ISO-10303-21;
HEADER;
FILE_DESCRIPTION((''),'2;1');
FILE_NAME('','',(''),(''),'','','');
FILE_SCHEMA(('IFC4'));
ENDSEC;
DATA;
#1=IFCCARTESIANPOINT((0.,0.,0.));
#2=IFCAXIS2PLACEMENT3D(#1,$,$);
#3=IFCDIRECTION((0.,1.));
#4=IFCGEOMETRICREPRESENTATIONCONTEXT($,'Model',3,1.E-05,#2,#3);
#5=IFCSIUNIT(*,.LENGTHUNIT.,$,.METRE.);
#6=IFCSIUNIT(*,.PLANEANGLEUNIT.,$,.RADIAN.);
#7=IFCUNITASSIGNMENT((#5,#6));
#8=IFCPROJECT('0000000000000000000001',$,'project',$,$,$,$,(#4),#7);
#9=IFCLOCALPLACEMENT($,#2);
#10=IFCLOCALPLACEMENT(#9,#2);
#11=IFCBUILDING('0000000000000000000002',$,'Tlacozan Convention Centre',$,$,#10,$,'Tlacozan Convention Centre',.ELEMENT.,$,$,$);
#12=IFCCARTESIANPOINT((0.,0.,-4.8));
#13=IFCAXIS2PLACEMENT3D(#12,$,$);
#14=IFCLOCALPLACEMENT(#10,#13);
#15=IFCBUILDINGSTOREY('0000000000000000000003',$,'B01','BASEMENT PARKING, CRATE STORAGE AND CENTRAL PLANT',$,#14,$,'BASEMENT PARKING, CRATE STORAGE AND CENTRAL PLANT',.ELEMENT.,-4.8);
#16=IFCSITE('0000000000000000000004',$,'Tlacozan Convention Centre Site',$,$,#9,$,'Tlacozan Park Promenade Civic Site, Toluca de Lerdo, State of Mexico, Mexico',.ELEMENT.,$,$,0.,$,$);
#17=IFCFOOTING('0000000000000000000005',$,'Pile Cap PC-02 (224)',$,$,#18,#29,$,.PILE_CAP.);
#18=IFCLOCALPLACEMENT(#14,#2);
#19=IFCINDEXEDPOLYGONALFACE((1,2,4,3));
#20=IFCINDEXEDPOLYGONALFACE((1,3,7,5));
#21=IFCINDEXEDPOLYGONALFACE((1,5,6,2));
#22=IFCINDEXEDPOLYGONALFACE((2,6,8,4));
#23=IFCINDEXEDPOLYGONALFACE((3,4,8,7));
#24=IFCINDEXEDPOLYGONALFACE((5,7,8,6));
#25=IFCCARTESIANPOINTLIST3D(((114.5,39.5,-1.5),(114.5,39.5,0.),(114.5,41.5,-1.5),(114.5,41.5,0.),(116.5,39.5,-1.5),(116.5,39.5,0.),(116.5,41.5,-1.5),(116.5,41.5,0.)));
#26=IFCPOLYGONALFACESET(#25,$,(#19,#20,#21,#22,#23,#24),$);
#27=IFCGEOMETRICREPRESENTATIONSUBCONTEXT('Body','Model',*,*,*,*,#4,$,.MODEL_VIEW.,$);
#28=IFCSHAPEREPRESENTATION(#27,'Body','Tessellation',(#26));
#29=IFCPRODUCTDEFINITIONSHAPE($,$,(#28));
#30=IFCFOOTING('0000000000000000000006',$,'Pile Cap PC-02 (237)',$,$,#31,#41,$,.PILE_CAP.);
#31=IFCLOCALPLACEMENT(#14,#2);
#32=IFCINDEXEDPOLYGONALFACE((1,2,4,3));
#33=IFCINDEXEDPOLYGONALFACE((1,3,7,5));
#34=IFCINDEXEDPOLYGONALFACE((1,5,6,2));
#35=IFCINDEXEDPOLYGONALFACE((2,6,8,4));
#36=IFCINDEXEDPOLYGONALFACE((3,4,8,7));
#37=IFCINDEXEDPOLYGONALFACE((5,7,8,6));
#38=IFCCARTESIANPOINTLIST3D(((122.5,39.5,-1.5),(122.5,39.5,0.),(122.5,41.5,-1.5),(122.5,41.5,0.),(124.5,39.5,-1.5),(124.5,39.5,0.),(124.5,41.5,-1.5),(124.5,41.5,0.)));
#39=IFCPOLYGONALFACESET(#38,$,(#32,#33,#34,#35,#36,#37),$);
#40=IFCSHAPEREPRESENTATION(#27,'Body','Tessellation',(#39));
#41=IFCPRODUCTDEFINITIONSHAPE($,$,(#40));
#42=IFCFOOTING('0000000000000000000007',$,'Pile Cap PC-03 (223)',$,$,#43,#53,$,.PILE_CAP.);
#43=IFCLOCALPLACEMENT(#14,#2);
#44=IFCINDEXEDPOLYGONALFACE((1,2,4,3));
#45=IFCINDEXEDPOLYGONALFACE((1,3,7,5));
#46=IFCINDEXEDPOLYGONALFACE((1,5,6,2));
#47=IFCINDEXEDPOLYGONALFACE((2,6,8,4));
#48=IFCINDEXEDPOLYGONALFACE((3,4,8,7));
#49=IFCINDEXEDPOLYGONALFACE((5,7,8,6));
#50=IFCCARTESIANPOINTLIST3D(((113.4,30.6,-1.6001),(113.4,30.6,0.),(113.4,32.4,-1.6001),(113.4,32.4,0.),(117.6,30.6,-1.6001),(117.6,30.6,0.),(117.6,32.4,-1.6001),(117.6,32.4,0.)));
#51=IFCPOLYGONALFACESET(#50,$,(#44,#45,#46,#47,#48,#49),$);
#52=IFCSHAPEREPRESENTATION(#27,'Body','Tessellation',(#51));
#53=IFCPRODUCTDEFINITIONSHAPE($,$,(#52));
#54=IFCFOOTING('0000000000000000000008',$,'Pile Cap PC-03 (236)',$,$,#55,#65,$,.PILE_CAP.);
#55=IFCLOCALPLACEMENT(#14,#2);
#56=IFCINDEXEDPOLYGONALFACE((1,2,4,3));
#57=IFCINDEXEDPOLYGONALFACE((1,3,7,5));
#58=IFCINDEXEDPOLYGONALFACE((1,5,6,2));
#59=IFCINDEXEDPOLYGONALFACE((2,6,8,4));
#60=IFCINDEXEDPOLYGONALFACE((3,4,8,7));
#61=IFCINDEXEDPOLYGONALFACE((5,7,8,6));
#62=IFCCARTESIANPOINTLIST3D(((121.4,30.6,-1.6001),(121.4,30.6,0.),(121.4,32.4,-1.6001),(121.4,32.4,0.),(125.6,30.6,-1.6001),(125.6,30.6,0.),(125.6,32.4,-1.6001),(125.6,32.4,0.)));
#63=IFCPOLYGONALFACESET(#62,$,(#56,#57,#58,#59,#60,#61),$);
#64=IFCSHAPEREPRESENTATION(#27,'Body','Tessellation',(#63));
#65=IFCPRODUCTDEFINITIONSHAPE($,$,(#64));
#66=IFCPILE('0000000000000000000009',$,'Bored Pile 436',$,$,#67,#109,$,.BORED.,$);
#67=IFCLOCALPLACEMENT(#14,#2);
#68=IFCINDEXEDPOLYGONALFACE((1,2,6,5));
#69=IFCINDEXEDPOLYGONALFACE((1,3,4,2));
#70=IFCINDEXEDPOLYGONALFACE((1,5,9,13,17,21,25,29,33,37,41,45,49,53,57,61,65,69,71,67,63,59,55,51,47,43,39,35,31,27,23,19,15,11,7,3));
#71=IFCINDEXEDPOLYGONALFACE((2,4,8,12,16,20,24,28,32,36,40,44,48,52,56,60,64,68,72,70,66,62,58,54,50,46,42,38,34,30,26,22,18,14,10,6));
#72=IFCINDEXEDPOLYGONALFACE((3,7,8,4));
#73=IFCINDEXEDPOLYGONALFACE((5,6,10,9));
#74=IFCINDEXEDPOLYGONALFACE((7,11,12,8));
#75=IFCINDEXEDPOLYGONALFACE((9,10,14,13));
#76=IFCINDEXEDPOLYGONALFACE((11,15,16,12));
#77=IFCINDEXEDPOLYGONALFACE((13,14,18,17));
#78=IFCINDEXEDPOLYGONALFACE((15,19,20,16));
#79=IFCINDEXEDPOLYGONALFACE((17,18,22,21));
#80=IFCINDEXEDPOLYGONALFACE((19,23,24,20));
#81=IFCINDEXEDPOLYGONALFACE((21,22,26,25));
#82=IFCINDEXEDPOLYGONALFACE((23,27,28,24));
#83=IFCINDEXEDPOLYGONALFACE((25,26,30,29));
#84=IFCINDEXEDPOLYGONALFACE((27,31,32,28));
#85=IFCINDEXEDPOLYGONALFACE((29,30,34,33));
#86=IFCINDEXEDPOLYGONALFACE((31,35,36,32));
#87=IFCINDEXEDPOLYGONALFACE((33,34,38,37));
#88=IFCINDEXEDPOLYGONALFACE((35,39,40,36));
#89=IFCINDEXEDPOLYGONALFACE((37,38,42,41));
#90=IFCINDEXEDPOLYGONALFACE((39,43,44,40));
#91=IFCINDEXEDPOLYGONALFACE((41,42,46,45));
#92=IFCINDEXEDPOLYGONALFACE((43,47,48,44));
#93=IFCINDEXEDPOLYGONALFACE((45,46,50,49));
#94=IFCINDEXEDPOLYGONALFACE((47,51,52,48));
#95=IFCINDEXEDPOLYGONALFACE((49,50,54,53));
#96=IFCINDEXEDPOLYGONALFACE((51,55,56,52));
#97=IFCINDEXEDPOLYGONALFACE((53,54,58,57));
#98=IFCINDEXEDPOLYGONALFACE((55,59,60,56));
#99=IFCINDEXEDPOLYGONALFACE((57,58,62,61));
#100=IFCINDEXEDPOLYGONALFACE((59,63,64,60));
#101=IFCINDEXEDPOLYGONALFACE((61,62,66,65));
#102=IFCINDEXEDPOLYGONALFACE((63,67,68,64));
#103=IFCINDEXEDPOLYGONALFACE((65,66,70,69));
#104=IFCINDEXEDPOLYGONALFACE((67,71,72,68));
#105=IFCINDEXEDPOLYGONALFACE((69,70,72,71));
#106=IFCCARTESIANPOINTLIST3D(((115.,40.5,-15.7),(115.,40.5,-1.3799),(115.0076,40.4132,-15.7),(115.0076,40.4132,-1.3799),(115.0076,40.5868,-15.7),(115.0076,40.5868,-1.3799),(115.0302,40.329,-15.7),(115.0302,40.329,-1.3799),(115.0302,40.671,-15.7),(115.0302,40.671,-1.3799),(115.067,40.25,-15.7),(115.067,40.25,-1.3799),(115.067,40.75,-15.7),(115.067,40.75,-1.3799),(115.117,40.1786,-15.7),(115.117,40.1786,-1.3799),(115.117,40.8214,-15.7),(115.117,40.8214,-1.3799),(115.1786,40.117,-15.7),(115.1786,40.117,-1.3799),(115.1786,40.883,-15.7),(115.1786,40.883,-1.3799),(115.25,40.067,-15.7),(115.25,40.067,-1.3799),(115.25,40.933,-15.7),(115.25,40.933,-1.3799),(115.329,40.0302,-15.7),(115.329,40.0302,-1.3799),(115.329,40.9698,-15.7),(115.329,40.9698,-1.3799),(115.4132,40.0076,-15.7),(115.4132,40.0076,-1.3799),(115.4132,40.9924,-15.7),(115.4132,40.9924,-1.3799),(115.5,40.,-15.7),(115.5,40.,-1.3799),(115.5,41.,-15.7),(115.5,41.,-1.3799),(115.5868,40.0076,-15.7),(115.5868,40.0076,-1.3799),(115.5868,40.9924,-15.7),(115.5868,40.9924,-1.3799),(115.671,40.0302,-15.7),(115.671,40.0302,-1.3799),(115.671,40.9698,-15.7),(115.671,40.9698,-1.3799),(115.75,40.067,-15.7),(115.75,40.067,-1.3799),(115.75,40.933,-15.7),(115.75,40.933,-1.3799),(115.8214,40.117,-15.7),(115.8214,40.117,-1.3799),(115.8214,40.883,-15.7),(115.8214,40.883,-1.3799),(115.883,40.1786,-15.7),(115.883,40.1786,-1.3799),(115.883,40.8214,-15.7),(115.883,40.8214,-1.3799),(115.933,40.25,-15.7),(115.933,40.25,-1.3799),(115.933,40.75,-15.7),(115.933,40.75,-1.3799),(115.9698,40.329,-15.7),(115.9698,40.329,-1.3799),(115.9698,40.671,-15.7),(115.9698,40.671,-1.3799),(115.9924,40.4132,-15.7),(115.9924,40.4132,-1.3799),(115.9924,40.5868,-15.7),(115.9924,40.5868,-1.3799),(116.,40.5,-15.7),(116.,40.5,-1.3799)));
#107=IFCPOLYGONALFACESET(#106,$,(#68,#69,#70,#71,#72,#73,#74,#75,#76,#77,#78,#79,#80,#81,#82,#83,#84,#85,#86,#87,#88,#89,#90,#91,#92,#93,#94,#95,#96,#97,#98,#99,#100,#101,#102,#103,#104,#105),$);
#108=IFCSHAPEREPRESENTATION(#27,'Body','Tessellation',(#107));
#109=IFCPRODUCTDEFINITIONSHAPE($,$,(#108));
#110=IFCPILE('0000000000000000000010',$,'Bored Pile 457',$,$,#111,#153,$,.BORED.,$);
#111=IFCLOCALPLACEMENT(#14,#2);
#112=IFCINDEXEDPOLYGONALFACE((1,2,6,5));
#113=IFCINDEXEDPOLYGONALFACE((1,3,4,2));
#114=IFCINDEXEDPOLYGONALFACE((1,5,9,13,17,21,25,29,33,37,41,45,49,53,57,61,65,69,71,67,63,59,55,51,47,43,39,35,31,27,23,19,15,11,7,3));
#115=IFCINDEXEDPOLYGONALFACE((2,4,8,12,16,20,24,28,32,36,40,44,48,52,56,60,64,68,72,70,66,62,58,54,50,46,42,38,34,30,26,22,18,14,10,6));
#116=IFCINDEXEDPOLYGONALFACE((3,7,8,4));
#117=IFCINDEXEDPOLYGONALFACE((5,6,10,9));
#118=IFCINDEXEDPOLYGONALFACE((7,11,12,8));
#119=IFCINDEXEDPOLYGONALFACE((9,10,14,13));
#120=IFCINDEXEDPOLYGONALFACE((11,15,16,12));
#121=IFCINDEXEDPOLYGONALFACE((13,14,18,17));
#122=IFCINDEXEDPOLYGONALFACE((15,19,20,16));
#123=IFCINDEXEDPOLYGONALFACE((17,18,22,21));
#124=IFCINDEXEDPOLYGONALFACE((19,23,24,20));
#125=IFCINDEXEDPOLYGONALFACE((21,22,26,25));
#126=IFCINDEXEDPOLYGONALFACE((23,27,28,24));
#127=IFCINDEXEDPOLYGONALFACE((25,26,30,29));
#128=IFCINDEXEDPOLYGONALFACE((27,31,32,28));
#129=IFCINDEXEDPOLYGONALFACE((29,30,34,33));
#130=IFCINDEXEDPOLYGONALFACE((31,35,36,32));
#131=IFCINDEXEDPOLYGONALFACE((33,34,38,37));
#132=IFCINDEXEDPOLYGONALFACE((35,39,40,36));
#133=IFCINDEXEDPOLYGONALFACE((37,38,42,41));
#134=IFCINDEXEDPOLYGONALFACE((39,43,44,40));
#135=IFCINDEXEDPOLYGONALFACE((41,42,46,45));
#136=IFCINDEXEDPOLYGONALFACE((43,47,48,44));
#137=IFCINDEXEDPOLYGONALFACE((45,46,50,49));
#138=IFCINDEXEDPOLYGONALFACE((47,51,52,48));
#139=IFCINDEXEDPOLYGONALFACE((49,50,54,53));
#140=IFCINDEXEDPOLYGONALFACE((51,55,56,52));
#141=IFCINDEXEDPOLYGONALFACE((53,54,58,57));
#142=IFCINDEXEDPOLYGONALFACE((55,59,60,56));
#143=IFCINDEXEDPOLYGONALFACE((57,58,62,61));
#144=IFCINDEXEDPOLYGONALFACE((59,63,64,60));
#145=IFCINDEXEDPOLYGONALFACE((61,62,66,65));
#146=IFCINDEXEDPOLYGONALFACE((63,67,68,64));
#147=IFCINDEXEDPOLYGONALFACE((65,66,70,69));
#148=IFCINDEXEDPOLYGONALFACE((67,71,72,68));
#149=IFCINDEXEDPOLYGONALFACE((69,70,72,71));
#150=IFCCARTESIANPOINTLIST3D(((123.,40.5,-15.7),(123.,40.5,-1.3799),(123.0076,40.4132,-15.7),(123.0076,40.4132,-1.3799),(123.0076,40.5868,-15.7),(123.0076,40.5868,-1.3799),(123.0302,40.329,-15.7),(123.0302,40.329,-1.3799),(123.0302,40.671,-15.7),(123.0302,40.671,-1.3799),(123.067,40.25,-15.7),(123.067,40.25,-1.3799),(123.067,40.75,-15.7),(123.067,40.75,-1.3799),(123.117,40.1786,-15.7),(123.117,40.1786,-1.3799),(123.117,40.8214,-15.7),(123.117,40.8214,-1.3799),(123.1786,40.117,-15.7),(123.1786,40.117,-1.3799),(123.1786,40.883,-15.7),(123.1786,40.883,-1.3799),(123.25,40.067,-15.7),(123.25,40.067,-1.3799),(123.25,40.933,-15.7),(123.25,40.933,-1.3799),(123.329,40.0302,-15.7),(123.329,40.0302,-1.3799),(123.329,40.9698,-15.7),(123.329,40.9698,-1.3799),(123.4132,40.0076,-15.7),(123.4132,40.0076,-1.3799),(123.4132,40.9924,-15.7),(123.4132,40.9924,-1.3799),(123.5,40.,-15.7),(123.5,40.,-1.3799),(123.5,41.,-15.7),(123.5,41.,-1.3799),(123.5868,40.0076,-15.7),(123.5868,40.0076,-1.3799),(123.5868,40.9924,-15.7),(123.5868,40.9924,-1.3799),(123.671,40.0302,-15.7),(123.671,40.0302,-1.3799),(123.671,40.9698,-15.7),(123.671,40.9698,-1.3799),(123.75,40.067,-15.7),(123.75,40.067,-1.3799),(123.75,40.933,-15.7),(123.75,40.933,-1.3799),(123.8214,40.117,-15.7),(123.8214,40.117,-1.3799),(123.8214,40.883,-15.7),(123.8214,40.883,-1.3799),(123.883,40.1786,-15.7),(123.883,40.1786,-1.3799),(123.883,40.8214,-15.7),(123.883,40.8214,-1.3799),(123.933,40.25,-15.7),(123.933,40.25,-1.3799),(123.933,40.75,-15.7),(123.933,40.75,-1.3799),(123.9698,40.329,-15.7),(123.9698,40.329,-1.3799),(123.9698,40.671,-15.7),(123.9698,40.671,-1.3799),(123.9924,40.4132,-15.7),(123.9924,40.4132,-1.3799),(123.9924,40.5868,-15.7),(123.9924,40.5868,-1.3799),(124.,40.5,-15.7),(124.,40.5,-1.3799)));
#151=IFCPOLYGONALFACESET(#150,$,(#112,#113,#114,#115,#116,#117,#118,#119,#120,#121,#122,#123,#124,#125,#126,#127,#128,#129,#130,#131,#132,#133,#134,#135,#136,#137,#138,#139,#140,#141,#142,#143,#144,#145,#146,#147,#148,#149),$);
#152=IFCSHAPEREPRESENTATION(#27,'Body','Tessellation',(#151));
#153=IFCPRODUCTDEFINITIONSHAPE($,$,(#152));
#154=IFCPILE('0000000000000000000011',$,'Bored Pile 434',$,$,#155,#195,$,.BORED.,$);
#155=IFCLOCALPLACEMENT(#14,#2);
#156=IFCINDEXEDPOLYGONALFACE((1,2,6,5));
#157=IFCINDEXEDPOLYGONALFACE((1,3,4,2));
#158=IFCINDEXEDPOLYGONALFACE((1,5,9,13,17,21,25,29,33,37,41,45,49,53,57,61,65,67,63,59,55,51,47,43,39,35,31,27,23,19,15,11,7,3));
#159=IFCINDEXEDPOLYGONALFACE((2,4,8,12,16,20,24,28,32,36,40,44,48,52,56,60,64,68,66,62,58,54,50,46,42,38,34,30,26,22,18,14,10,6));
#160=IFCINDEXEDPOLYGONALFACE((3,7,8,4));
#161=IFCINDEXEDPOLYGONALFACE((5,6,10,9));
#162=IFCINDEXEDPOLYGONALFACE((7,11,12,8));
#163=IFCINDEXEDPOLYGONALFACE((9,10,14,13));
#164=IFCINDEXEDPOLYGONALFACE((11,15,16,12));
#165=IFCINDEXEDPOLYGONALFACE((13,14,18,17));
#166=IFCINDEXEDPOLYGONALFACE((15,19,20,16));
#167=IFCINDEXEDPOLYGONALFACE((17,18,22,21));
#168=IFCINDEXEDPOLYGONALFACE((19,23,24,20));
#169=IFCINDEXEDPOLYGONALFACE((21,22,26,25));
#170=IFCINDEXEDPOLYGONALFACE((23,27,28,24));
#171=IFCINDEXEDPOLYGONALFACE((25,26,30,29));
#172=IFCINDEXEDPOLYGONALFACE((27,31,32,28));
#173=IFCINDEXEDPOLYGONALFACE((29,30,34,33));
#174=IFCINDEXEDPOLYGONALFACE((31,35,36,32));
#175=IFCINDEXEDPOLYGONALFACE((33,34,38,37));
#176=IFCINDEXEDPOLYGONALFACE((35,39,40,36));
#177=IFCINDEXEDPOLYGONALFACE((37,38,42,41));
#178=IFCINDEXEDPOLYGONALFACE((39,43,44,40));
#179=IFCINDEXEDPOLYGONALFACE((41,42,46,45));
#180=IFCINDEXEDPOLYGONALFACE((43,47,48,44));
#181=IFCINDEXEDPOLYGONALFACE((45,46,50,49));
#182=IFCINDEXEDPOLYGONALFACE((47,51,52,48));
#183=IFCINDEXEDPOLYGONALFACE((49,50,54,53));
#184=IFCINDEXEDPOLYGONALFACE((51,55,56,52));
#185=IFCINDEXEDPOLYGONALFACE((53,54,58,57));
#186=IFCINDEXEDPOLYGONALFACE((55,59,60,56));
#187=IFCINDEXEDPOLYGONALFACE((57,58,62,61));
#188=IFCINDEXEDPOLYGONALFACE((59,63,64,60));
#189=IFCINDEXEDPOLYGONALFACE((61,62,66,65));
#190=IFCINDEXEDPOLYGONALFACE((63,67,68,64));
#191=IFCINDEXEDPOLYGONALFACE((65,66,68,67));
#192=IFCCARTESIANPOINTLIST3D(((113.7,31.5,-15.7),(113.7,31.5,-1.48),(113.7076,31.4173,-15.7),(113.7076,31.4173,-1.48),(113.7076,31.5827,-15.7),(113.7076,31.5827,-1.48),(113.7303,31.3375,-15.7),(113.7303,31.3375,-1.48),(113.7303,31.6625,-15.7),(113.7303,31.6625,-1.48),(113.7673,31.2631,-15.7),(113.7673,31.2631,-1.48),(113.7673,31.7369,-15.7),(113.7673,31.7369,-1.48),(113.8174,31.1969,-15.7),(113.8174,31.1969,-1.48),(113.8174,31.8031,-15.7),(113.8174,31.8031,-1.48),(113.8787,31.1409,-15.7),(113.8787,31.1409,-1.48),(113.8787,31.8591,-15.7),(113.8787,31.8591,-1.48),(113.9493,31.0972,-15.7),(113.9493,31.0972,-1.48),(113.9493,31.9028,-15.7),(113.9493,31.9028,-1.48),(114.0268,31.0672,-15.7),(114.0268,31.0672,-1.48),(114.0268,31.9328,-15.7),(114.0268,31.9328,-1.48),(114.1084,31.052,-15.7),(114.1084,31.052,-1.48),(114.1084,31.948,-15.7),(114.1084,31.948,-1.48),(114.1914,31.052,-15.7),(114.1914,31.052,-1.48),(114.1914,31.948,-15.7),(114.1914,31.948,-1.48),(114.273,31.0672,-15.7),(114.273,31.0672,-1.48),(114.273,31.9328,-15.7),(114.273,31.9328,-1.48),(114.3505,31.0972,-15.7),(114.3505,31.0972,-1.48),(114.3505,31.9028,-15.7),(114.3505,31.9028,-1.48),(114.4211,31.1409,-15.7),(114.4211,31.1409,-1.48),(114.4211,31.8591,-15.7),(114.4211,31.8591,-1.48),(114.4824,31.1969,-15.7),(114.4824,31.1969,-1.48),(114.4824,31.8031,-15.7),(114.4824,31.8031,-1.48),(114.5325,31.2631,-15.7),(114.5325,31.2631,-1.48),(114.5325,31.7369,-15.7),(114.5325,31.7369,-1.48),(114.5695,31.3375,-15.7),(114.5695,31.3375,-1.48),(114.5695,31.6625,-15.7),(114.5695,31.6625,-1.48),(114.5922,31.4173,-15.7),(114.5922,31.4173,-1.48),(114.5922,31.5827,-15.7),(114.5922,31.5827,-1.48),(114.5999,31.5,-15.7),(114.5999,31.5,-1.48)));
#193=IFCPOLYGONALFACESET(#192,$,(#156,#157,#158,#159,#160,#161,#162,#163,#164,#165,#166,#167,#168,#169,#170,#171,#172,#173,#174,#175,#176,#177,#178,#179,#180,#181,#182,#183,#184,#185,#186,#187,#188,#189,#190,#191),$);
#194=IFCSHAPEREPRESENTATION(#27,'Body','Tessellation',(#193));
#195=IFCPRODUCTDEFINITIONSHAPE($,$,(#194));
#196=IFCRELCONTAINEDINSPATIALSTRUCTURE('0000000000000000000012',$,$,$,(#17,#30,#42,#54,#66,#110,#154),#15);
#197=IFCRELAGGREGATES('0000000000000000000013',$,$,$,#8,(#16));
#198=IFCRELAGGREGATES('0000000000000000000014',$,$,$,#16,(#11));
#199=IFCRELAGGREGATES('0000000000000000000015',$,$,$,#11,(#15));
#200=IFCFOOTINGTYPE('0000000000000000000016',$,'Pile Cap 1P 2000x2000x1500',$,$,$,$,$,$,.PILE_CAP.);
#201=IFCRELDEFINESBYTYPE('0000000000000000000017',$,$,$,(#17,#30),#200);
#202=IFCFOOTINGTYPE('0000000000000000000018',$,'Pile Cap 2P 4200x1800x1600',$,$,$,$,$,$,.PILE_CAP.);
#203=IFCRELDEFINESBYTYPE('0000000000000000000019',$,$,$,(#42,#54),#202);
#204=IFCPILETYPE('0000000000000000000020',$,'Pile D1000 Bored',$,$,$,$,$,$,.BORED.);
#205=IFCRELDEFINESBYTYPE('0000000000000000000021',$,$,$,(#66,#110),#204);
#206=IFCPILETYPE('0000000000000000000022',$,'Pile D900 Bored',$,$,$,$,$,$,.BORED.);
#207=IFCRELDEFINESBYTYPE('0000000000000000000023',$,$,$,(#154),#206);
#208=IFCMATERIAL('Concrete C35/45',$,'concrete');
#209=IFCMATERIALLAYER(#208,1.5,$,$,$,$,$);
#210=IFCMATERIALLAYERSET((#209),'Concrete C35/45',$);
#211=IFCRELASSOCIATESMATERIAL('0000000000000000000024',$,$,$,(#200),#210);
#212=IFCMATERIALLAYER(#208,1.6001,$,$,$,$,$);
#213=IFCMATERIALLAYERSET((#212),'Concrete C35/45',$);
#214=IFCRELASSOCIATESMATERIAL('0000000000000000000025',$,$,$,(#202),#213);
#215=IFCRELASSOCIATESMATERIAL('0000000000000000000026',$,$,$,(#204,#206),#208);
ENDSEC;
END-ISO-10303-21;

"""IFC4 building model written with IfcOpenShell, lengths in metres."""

from ifc_helpers import new_model, si_unit, direction, frame, origin, origin_2d, place, context, subcontext, project, spatial, rectangle, circle, extrude, material, layer, layer_set, material_profile, profile_set, type_object, element, save


model = new_model("IFC4")

# Units and contexts
model_context = context("Model", 3, precision=1e-05, world=origin(), true_north=direction((0.0, 1.0)))
body_context = subcontext(model_context, "Body", "Model", "MODEL_VIEW")
ifc_project = project(units=[si_unit("LENGTHUNIT", "METRE"), si_unit("PLANEANGLEUNIT", "RADIAN")], contexts=[model_context])

# Site, building, storey
site_placement = place(None, origin())
site = spatial("IfcSite", under=ifc_project, at=site_placement, Name="Tlacozan Convention Centre Site", LongName="Tlacozan Park Promenade Civic Site, Toluca de Lerdo, State of Mexico, Mexico", CompositionType="ELEMENT", RefElevation=0.0)
building_placement = place(site_placement, origin())
building = spatial("IfcBuilding", under=site, at=building_placement, Name="Tlacozan Convention Centre", LongName="Tlacozan Convention Centre", CompositionType="ELEMENT")
storey_placement = place(building_placement, frame((0.0, 0.0, -4.8)))
storey = spatial("IfcBuildingStorey", under=building, at=storey_placement, Name="B01", Description="BASEMENT PARKING, CRATE STORAGE AND CENTRAL PLANT", LongName="BASEMENT PARKING, CRATE STORAGE AND CENTRAL PLANT", CompositionType="ELEMENT", Elevation=-4.8)

# Footings
ifc_material_1 = material(Name="Concrete C35/45", Category="concrete")
ifc_layer_1 = layer(ifc_material_1, 1.5)
ifc_layer_set_1 = layer_set([ifc_layer_1], Name="Concrete C35/45")
footing_type_1 = type_object("IfcFootingType", Name="Pile Cap 1P 2000x2000x1500", PredefinedType="PILE_CAP", material=ifc_layer_set_1)
for number, where, z_axis, x_axis, name in (
    (1, (115.5, 40.5, -1.5), (0.0, 0.0, 1.0), (1.0, 0.0, 0.0), "Pile Cap PC-02 (224)"),
    (2, (123.5, 40.5, -1.5), (0.0, 0.0, 1.0), (1.0, 0.0, 0.0), "Pile Cap PC-02 (237)"),
):
    element("IfcFooting", number, at=place(storey_placement, frame(where, z_axis=z_axis, x_axis=x_axis)), inside=storey, type_object=footing_type_1, Name=name, PredefinedType="PILE_CAP", context=body_context, shape_type="SweptSolid", body=[
        extrude(rectangle(XDim=2.0, YDim=2.0, at=origin_2d()), origin(), (0.0, 0.0, 1.0), 1.5),
    ])
ifc_layer_2 = layer(ifc_material_1, 1.6001)
ifc_layer_set_2 = layer_set([ifc_layer_2], Name="Concrete C35/45")
footing_type_2 = type_object("IfcFootingType", Name="Pile Cap 2P 4200x1800x1600", PredefinedType="PILE_CAP", material=ifc_layer_set_2)
for number, where, z_axis, x_axis, name in (
    (3, (115.5, 31.5, -1.6001), (0.0, 0.0, 1.0), (1.0, 0.0, 0.0), "Pile Cap PC-03 (223)"),
    (4, (123.5, 31.5, -1.6001), (0.0, 0.0, 1.0), (1.0, 0.0, 0.0), "Pile Cap PC-03 (236)"),
):
    element("IfcFooting", number, at=place(storey_placement, frame(where, z_axis=z_axis, x_axis=x_axis)), inside=storey, type_object=footing_type_2, Name=name, PredefinedType="PILE_CAP", context=body_context, shape_type="SweptSolid", body=[
        extrude(rectangle(XDim=4.2, YDim=1.8, at=origin_2d()), origin(), (0.0, 0.0, 1.0), 1.6001),
    ])

# Piles
ifc_material_profile_1 = material_profile(ifc_material_1, circle(Radius=0.5, at=origin_2d()), Name="PILE D1000")
ifc_profile_set_1 = profile_set([ifc_material_profile_1], Name="Concrete C35/45")
pile_type_1 = type_object("IfcPileType", Name="Pile D1000 Bored", PredefinedType="BORED", material=ifc_profile_set_1)
for number, where, z_axis, x_axis, name in (
    (5, (115.5, 40.5, -1.3799), (0.0, 0.0, -1.0), (1.0, 0.0, 0.0), "Bored Pile 436"),
    (6, (123.5, 40.5, -1.3799), (0.0, 0.0, -1.0), (1.0, 0.0, 0.0), "Bored Pile 457"),
):
    element("IfcPile", number, at=place(storey_placement, frame(where, z_axis=z_axis, x_axis=x_axis)), inside=storey, type_object=pile_type_1, Name=name, PredefinedType="BORED", context=body_context, shape_type="SweptSolid", body=[
        extrude(circle(Radius=0.5, at=origin_2d()), origin(), (0.0, 0.0, 1.0), 14.3201),
    ])
ifc_material_profile_2 = material_profile(ifc_material_1, circle(Radius=0.45, at=origin_2d()), Name="PILE D900")
ifc_profile_set_2 = profile_set([ifc_material_profile_2], Name="Concrete C35/45")
pile_type_2 = type_object("IfcPileType", Name="Pile D900 Bored", PredefinedType="BORED", material=ifc_profile_set_2)
for number, where, z_axis, x_axis, name in (
    (7, (114.1499, 31.5, -1.48), (0.0, 0.0, -1.0), (1.0, 0.0, 0.0), "Bored Pile 434"),
):
    element("IfcPile", number, at=place(storey_placement, frame(where, z_axis=z_axis, x_axis=x_axis)), inside=storey, type_object=pile_type_2, Name=name, PredefinedType="BORED", context=body_context, shape_type="SweptSolid", body=[
        extrude(circle(Radius=0.45, at=origin_2d()), origin(), (0.0, 0.0, 1.0), 14.22),
    ])

save(model, "model.ifc")
